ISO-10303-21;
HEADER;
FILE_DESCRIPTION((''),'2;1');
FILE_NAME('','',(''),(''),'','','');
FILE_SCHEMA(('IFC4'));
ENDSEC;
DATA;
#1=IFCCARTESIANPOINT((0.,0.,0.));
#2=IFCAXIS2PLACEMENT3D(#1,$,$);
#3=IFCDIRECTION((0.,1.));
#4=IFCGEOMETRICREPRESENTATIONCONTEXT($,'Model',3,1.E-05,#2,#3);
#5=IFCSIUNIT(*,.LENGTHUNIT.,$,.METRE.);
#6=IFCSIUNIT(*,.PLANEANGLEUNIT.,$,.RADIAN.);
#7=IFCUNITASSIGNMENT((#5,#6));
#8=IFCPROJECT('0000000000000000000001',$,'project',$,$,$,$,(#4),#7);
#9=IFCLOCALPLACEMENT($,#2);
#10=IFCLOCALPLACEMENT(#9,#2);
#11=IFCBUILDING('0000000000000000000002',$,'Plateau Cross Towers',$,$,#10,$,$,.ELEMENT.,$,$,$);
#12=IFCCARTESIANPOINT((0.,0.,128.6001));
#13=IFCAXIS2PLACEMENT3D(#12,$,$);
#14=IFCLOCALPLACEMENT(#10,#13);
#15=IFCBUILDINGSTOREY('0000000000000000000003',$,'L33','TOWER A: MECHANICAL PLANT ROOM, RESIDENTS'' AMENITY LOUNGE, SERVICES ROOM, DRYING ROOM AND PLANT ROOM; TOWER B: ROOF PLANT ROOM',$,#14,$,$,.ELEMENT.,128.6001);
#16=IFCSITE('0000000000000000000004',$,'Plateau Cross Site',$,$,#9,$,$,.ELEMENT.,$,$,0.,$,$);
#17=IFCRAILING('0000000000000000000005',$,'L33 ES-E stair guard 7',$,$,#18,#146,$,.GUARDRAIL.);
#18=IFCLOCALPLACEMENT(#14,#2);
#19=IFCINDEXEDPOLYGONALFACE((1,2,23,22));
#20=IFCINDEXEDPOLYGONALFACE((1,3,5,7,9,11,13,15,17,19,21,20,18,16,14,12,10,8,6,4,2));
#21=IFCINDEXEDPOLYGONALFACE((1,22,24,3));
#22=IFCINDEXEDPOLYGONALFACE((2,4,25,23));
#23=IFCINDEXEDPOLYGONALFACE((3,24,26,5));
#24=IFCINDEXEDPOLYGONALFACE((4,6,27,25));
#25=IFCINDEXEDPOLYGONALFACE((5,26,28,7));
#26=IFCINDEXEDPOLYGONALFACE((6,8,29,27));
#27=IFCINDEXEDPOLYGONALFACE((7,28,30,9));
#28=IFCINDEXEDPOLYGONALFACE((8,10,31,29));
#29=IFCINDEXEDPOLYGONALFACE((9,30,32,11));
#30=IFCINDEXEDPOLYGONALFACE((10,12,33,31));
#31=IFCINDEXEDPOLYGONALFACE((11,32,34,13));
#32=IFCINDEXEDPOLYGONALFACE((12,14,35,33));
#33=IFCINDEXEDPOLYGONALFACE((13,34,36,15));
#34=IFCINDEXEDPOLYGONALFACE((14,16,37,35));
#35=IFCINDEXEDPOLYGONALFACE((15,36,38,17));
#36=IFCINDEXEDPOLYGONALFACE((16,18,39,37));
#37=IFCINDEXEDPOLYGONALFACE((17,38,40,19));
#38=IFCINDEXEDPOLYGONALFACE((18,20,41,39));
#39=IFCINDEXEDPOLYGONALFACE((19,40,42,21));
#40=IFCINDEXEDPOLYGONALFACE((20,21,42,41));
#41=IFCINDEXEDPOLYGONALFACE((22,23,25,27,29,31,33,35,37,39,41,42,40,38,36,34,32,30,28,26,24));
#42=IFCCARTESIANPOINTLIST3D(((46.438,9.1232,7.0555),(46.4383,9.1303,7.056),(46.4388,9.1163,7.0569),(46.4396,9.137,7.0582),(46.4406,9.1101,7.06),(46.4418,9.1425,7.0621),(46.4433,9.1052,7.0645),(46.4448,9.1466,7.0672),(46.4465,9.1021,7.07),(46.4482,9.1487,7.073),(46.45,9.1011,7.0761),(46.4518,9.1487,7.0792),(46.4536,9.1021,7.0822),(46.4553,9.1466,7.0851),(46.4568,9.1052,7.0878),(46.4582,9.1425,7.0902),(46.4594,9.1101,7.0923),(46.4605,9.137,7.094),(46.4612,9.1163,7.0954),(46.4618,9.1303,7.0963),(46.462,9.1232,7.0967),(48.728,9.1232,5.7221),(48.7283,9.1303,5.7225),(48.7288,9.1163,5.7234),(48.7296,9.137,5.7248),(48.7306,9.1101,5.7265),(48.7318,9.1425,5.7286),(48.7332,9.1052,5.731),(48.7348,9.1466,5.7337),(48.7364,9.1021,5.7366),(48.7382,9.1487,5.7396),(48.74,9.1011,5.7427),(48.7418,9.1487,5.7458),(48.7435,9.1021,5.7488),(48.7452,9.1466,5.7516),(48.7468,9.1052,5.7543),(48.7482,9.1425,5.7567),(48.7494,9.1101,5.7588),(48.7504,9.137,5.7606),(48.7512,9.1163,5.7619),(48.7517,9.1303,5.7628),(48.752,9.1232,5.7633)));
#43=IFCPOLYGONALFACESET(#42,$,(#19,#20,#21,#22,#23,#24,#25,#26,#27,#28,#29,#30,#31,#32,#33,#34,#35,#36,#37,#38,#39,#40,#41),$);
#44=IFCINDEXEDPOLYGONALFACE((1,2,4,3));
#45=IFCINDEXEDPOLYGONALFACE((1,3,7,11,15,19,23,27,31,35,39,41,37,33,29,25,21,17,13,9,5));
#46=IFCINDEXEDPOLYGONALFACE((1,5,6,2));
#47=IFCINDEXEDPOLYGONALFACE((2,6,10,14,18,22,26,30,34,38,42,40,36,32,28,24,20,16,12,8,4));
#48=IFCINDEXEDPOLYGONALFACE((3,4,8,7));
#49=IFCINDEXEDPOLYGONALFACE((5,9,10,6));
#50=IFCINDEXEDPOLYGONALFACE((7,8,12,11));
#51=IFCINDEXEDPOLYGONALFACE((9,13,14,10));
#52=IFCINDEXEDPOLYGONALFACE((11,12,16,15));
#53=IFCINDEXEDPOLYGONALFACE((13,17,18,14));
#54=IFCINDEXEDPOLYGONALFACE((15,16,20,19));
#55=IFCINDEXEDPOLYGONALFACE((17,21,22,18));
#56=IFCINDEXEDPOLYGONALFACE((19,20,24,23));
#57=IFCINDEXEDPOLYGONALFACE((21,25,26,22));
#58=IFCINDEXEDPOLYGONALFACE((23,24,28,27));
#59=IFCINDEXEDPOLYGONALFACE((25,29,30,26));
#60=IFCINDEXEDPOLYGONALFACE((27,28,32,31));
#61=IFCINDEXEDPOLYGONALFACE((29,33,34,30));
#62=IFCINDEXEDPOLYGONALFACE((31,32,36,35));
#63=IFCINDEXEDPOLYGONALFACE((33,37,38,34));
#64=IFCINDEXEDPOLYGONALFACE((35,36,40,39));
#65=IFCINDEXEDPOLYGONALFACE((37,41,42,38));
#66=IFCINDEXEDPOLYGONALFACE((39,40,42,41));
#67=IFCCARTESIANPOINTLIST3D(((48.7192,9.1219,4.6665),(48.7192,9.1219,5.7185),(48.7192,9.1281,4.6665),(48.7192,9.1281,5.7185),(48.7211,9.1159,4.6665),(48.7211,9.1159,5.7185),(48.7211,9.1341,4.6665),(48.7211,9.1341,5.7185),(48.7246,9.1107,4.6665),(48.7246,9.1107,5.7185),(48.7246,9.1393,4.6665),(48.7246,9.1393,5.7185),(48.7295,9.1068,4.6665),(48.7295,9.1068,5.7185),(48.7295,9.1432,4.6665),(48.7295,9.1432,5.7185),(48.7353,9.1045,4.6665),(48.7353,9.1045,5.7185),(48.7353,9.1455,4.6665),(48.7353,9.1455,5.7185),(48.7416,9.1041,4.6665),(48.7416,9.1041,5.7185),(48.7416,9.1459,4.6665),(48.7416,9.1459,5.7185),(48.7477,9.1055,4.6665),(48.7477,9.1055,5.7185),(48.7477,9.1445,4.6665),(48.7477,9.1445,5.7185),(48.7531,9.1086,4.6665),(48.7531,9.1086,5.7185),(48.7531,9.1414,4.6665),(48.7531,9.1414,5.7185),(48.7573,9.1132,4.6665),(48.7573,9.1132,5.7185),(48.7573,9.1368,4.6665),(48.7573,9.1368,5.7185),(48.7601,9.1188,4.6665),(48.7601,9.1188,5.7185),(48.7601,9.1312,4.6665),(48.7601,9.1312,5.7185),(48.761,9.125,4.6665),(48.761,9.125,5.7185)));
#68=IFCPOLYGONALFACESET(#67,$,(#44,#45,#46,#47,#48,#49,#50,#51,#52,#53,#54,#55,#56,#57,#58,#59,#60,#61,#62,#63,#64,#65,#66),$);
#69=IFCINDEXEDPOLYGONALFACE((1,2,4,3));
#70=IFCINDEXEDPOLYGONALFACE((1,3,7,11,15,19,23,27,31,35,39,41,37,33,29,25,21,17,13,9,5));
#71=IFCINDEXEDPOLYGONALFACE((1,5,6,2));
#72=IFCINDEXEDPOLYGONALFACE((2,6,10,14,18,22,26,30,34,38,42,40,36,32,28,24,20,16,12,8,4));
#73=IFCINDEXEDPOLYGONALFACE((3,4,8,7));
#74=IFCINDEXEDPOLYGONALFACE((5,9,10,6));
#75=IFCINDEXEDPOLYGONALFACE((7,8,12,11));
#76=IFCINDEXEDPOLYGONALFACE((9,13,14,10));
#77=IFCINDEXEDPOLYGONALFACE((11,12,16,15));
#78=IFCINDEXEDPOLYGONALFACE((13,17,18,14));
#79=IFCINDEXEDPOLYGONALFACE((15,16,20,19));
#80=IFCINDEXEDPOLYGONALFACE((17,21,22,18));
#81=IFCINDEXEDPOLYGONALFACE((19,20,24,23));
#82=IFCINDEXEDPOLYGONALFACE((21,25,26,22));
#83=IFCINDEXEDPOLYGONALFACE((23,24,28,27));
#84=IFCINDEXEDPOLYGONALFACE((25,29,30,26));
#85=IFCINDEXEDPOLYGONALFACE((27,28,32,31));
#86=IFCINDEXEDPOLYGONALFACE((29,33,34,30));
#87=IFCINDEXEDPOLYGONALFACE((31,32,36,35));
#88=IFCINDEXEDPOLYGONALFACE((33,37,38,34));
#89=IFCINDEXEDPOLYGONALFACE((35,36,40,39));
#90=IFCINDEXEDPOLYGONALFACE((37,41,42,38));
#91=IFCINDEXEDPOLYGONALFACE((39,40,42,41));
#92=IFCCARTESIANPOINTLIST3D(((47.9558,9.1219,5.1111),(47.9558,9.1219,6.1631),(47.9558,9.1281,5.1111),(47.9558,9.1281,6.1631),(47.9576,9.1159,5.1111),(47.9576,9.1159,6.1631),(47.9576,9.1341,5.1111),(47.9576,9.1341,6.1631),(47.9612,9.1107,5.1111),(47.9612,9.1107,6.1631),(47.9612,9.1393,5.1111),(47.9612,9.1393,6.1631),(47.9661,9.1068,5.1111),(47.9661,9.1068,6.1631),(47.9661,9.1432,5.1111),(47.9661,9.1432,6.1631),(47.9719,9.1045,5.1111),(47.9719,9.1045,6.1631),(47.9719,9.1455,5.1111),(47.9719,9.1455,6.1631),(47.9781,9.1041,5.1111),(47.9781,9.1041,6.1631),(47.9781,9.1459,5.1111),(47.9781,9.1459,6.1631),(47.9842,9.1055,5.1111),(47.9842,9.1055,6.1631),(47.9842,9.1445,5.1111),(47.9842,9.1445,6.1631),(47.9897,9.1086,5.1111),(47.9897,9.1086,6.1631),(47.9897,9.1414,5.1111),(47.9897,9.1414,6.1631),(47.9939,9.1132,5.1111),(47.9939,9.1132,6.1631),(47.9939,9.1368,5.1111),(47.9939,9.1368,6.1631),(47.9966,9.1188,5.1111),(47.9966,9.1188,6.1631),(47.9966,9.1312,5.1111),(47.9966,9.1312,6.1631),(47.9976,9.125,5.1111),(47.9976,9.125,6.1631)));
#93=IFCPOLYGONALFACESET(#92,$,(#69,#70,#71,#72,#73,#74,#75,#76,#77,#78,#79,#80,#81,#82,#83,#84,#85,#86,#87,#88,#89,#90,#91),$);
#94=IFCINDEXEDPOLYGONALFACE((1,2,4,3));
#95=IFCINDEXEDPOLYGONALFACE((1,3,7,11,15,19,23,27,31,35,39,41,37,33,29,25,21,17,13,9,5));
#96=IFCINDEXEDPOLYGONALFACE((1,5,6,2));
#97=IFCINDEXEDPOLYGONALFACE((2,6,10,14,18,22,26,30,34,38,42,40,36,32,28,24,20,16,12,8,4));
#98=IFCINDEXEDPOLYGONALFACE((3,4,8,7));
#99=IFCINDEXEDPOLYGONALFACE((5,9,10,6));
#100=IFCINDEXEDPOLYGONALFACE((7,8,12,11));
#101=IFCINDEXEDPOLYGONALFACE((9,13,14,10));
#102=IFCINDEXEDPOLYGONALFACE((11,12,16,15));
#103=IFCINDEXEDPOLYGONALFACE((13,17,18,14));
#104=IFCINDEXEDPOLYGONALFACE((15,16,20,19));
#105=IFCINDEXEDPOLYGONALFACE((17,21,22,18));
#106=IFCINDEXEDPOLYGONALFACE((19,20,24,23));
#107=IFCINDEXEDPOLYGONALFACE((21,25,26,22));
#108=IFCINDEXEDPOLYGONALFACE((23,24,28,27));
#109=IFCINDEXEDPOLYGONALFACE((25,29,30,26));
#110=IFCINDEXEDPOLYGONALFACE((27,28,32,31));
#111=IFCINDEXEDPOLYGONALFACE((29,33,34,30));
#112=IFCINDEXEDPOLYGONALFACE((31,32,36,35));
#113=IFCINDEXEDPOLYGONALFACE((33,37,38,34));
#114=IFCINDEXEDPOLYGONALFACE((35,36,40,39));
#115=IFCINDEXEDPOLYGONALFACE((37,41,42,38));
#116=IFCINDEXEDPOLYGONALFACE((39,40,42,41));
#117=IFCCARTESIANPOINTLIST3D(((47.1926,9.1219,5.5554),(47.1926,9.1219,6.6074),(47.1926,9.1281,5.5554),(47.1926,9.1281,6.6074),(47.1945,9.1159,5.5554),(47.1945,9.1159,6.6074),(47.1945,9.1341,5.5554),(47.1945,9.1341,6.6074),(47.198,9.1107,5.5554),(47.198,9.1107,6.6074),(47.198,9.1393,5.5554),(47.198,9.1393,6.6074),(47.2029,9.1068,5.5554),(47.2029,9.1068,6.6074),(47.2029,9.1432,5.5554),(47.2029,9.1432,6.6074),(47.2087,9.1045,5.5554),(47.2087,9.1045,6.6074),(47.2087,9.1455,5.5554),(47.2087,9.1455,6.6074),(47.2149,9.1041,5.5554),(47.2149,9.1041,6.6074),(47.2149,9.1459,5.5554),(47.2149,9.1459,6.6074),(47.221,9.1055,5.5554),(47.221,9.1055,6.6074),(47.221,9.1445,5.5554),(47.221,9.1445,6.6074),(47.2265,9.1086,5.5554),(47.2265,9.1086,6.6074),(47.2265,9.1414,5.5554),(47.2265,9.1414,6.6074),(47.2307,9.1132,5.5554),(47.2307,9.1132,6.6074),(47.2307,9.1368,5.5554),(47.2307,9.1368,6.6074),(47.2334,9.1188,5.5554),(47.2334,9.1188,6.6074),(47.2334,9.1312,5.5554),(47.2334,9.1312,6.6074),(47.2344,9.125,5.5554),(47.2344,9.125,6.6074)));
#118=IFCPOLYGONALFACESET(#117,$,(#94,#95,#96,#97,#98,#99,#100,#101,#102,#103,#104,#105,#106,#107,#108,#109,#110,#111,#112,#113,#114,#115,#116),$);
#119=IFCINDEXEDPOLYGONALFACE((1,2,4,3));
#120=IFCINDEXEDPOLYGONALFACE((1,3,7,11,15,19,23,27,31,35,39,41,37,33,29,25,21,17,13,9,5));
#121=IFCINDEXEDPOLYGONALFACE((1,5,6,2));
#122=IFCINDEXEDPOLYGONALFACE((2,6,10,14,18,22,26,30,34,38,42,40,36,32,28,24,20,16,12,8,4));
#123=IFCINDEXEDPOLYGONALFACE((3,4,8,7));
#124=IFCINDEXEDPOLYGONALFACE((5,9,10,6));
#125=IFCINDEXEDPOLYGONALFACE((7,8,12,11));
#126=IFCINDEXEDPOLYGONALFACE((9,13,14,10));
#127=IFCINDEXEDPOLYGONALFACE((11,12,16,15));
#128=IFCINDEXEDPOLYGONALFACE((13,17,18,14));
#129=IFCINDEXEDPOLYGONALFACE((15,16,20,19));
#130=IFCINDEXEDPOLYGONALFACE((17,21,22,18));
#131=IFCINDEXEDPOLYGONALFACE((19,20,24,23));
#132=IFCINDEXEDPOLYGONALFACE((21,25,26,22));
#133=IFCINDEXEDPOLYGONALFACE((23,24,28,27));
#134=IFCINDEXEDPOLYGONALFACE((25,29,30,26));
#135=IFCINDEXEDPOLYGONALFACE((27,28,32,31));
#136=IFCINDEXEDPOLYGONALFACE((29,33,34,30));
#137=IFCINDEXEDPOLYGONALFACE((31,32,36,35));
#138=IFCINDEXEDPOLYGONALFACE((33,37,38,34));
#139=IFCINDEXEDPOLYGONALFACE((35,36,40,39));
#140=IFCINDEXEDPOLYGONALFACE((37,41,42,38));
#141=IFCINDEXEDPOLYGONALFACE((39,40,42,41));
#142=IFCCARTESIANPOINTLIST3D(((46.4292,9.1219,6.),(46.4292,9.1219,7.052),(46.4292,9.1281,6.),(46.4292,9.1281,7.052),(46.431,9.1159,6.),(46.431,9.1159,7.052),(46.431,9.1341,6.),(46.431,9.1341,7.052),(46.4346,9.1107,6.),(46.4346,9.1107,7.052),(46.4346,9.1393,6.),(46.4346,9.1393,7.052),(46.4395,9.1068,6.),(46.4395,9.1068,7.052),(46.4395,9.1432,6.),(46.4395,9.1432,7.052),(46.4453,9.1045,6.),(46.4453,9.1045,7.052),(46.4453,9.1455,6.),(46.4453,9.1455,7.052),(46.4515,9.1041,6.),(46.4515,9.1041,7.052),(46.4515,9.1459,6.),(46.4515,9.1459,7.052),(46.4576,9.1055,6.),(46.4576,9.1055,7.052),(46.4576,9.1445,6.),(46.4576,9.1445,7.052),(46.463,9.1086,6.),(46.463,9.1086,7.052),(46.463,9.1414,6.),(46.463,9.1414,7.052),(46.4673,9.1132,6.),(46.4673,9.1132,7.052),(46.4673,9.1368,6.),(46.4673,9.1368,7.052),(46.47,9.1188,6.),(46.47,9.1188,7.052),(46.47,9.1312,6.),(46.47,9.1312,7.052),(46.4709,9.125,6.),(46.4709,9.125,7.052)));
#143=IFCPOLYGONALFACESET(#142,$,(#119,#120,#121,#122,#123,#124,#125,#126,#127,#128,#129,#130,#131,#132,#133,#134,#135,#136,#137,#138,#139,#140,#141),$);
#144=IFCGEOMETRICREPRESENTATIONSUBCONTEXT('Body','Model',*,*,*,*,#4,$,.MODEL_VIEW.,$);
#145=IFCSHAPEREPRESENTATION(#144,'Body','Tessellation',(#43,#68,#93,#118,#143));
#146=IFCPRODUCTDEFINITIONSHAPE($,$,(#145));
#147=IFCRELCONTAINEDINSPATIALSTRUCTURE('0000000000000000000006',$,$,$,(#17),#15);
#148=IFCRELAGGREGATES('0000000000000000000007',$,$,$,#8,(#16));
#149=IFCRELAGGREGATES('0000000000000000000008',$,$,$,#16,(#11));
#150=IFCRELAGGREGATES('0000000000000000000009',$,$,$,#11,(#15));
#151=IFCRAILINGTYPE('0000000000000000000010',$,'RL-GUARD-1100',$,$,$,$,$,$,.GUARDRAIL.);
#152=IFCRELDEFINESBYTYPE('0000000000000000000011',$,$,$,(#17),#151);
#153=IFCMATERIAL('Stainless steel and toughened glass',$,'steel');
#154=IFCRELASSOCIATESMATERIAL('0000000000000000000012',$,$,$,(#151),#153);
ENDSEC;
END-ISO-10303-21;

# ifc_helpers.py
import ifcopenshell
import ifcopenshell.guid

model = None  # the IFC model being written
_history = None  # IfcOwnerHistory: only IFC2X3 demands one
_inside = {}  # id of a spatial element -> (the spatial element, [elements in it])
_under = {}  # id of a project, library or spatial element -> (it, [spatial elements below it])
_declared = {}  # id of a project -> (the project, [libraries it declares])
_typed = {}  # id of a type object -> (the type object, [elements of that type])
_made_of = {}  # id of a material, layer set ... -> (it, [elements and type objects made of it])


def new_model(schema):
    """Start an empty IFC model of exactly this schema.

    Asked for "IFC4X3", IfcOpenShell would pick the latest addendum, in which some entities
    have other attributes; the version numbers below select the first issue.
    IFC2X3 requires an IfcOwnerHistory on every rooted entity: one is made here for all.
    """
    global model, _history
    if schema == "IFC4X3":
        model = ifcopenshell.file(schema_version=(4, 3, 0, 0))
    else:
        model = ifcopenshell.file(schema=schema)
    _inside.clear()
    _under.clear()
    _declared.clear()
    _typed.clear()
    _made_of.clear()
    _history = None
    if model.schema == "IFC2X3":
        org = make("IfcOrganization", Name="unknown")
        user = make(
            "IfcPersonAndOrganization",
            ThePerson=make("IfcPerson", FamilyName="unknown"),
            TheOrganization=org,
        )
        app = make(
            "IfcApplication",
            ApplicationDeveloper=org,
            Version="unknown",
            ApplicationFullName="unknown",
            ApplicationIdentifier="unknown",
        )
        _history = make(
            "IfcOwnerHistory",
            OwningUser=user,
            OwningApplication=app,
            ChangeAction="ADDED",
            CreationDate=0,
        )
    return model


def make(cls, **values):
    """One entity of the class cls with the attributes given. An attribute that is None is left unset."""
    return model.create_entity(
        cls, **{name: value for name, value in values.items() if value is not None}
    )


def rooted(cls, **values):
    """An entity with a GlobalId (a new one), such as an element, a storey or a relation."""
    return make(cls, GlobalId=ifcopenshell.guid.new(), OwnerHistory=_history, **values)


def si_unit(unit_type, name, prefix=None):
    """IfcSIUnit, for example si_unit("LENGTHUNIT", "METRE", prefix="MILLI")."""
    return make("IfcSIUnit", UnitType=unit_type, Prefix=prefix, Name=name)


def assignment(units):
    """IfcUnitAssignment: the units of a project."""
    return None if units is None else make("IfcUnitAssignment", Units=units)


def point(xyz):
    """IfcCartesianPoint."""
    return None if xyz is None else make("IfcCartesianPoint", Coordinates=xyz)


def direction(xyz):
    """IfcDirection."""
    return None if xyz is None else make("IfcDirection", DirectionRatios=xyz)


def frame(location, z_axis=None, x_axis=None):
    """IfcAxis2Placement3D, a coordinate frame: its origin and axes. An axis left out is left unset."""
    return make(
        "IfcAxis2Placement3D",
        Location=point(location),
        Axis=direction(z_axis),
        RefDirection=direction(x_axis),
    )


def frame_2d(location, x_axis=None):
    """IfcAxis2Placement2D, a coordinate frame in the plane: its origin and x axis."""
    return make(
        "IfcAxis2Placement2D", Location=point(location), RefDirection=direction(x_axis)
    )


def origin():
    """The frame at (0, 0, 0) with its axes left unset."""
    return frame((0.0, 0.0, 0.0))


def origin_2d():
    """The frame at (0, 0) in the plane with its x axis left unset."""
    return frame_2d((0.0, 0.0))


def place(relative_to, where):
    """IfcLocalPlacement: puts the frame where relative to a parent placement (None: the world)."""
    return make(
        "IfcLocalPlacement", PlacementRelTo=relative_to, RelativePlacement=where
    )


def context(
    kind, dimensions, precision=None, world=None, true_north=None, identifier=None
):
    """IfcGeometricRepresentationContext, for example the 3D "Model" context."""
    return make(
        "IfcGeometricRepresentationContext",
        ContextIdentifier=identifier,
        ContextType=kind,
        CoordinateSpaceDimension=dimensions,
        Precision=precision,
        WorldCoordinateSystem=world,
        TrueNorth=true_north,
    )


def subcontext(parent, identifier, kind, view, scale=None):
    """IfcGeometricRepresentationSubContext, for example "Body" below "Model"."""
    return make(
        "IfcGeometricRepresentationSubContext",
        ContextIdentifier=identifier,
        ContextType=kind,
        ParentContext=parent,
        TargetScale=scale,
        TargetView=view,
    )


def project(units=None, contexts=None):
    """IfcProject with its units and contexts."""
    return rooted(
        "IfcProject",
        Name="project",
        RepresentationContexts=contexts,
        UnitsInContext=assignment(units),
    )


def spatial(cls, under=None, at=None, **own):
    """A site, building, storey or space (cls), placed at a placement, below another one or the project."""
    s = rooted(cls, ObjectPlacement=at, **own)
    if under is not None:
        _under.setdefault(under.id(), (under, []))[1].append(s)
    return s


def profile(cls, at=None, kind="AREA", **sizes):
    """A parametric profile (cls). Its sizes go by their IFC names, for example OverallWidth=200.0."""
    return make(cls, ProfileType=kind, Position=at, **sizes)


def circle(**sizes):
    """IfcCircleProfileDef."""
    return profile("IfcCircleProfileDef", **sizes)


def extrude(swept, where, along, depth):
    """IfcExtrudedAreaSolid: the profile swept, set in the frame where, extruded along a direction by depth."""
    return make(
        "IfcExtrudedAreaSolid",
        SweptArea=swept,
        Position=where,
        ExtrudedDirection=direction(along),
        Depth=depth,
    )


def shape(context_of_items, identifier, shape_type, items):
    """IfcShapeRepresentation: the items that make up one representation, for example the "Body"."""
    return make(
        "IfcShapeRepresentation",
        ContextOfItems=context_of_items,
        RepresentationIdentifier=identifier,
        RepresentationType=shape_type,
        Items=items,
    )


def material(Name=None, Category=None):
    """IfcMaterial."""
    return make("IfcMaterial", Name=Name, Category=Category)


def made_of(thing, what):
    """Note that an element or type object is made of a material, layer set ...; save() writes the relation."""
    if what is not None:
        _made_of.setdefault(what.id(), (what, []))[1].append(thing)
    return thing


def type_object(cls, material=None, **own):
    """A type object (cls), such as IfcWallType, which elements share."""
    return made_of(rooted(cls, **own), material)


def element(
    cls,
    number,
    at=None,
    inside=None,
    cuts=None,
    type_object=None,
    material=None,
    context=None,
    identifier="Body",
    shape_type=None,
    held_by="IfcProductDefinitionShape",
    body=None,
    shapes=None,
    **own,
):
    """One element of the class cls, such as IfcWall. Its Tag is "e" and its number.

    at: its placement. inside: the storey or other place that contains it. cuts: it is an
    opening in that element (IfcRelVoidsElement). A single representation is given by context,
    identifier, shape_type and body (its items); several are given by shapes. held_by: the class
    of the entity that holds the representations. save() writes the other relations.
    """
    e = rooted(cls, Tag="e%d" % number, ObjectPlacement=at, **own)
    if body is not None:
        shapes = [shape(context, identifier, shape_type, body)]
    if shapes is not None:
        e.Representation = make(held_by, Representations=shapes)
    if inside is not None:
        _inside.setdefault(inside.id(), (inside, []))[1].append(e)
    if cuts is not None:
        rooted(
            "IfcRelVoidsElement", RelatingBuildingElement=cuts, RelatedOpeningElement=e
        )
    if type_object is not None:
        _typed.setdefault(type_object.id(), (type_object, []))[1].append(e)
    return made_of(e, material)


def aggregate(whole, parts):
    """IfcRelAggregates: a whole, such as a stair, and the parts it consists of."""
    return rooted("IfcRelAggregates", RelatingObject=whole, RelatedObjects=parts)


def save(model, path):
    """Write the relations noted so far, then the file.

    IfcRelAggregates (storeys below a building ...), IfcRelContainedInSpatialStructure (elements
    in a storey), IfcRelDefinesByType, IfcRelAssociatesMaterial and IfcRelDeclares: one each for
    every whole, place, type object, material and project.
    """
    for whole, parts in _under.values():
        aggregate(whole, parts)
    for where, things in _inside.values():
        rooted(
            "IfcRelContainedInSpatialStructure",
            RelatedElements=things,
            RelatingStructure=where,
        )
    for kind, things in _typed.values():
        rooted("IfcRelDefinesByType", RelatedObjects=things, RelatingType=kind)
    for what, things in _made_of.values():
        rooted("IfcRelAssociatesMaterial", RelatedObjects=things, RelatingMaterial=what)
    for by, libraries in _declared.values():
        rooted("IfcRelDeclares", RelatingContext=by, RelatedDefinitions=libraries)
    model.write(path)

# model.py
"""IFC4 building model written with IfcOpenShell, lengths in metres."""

from ifc_helpers import new_model, si_unit, direction, frame, origin, origin_2d, place, context, subcontext, project, spatial, circle, extrude, material, type_object, element, save


model = new_model("IFC4")

# Units and contexts
model_context = context("Model", 3, precision=1e-05, world=origin(), true_north=direction((0.0, 1.0)))
body_context = subcontext(model_context, "Body", "Model", "MODEL_VIEW")
ifc_project = project(units=[si_unit("LENGTHUNIT", "METRE"), si_unit("PLANEANGLEUNIT", "RADIAN")], contexts=[model_context])

# Site, building, storey
site_placement = place(None, origin())
site = spatial("IfcSite", under=ifc_project, at=site_placement, Name="Plateau Cross Site", CompositionType="ELEMENT", RefElevation=0.0)
building_placement = place(site_placement, origin())
building = spatial("IfcBuilding", under=site, at=building_placement, Name="Plateau Cross Towers", CompositionType="ELEMENT")
storey_placement = place(building_placement, frame((0.0, 0.0, 128.6001)))
storey = spatial("IfcBuildingStorey", under=building, at=storey_placement, Name="L33", Description="TOWER A: MECHANICAL PLANT ROOM, RESIDENTS' AMENITY LOUNGE, SERVICES ROOM, DRYING ROOM AND PLANT ROOM; TOWER B: ROOF PLANT ROOM", CompositionType="ELEMENT", Elevation=128.6001)

# Railing
ifc_material_1 = material(Name="Stainless steel and toughened glass", Category="steel")
railing_type_1 = type_object("IfcRailingType", Name="RL-GUARD-1100", PredefinedType="GUARDRAIL", material=ifc_material_1)
railing_1_placement = place(storey_placement, frame((48.74, 9.125, 4.6665)))
element("IfcRailing", 1, at=railing_1_placement, inside=storey, type_object=railing_type_1, Name="L33 ES-E stair guard 7", PredefinedType="GUARDRAIL", context=body_context, shape_type="SweptSolid", body=[
    extrude(circle(Radius=0.0239, at=origin_2d()), frame((0.0, 0.0, 1.0762), z_axis=(-0.864166, 0.0, 0.503206), x_axis=(0.0, -1.0, 0.0)), (0.0, 0.0, 1.0), 2.6499),
    extrude(circle(Radius=0.021, at=origin_2d()), origin(), (0.0, 0.0, 1.0), 1.052),
    extrude(circle(Radius=0.021, at=origin_2d()), frame((-0.7634, 0.0, 0.4446)), (0.0, 0.0, 1.0), 1.052),
    extrude(circle(Radius=0.021, at=origin_2d()), frame((-1.5266, 0.0, 0.8889)), (0.0, 0.0, 1.0), 1.052),
    extrude(circle(Radius=0.021, at=origin_2d()), frame((-2.29, 0.0, 1.3335)), (0.0, 0.0, 1.0), 1.052),
])

save(model, "model.ifc")
